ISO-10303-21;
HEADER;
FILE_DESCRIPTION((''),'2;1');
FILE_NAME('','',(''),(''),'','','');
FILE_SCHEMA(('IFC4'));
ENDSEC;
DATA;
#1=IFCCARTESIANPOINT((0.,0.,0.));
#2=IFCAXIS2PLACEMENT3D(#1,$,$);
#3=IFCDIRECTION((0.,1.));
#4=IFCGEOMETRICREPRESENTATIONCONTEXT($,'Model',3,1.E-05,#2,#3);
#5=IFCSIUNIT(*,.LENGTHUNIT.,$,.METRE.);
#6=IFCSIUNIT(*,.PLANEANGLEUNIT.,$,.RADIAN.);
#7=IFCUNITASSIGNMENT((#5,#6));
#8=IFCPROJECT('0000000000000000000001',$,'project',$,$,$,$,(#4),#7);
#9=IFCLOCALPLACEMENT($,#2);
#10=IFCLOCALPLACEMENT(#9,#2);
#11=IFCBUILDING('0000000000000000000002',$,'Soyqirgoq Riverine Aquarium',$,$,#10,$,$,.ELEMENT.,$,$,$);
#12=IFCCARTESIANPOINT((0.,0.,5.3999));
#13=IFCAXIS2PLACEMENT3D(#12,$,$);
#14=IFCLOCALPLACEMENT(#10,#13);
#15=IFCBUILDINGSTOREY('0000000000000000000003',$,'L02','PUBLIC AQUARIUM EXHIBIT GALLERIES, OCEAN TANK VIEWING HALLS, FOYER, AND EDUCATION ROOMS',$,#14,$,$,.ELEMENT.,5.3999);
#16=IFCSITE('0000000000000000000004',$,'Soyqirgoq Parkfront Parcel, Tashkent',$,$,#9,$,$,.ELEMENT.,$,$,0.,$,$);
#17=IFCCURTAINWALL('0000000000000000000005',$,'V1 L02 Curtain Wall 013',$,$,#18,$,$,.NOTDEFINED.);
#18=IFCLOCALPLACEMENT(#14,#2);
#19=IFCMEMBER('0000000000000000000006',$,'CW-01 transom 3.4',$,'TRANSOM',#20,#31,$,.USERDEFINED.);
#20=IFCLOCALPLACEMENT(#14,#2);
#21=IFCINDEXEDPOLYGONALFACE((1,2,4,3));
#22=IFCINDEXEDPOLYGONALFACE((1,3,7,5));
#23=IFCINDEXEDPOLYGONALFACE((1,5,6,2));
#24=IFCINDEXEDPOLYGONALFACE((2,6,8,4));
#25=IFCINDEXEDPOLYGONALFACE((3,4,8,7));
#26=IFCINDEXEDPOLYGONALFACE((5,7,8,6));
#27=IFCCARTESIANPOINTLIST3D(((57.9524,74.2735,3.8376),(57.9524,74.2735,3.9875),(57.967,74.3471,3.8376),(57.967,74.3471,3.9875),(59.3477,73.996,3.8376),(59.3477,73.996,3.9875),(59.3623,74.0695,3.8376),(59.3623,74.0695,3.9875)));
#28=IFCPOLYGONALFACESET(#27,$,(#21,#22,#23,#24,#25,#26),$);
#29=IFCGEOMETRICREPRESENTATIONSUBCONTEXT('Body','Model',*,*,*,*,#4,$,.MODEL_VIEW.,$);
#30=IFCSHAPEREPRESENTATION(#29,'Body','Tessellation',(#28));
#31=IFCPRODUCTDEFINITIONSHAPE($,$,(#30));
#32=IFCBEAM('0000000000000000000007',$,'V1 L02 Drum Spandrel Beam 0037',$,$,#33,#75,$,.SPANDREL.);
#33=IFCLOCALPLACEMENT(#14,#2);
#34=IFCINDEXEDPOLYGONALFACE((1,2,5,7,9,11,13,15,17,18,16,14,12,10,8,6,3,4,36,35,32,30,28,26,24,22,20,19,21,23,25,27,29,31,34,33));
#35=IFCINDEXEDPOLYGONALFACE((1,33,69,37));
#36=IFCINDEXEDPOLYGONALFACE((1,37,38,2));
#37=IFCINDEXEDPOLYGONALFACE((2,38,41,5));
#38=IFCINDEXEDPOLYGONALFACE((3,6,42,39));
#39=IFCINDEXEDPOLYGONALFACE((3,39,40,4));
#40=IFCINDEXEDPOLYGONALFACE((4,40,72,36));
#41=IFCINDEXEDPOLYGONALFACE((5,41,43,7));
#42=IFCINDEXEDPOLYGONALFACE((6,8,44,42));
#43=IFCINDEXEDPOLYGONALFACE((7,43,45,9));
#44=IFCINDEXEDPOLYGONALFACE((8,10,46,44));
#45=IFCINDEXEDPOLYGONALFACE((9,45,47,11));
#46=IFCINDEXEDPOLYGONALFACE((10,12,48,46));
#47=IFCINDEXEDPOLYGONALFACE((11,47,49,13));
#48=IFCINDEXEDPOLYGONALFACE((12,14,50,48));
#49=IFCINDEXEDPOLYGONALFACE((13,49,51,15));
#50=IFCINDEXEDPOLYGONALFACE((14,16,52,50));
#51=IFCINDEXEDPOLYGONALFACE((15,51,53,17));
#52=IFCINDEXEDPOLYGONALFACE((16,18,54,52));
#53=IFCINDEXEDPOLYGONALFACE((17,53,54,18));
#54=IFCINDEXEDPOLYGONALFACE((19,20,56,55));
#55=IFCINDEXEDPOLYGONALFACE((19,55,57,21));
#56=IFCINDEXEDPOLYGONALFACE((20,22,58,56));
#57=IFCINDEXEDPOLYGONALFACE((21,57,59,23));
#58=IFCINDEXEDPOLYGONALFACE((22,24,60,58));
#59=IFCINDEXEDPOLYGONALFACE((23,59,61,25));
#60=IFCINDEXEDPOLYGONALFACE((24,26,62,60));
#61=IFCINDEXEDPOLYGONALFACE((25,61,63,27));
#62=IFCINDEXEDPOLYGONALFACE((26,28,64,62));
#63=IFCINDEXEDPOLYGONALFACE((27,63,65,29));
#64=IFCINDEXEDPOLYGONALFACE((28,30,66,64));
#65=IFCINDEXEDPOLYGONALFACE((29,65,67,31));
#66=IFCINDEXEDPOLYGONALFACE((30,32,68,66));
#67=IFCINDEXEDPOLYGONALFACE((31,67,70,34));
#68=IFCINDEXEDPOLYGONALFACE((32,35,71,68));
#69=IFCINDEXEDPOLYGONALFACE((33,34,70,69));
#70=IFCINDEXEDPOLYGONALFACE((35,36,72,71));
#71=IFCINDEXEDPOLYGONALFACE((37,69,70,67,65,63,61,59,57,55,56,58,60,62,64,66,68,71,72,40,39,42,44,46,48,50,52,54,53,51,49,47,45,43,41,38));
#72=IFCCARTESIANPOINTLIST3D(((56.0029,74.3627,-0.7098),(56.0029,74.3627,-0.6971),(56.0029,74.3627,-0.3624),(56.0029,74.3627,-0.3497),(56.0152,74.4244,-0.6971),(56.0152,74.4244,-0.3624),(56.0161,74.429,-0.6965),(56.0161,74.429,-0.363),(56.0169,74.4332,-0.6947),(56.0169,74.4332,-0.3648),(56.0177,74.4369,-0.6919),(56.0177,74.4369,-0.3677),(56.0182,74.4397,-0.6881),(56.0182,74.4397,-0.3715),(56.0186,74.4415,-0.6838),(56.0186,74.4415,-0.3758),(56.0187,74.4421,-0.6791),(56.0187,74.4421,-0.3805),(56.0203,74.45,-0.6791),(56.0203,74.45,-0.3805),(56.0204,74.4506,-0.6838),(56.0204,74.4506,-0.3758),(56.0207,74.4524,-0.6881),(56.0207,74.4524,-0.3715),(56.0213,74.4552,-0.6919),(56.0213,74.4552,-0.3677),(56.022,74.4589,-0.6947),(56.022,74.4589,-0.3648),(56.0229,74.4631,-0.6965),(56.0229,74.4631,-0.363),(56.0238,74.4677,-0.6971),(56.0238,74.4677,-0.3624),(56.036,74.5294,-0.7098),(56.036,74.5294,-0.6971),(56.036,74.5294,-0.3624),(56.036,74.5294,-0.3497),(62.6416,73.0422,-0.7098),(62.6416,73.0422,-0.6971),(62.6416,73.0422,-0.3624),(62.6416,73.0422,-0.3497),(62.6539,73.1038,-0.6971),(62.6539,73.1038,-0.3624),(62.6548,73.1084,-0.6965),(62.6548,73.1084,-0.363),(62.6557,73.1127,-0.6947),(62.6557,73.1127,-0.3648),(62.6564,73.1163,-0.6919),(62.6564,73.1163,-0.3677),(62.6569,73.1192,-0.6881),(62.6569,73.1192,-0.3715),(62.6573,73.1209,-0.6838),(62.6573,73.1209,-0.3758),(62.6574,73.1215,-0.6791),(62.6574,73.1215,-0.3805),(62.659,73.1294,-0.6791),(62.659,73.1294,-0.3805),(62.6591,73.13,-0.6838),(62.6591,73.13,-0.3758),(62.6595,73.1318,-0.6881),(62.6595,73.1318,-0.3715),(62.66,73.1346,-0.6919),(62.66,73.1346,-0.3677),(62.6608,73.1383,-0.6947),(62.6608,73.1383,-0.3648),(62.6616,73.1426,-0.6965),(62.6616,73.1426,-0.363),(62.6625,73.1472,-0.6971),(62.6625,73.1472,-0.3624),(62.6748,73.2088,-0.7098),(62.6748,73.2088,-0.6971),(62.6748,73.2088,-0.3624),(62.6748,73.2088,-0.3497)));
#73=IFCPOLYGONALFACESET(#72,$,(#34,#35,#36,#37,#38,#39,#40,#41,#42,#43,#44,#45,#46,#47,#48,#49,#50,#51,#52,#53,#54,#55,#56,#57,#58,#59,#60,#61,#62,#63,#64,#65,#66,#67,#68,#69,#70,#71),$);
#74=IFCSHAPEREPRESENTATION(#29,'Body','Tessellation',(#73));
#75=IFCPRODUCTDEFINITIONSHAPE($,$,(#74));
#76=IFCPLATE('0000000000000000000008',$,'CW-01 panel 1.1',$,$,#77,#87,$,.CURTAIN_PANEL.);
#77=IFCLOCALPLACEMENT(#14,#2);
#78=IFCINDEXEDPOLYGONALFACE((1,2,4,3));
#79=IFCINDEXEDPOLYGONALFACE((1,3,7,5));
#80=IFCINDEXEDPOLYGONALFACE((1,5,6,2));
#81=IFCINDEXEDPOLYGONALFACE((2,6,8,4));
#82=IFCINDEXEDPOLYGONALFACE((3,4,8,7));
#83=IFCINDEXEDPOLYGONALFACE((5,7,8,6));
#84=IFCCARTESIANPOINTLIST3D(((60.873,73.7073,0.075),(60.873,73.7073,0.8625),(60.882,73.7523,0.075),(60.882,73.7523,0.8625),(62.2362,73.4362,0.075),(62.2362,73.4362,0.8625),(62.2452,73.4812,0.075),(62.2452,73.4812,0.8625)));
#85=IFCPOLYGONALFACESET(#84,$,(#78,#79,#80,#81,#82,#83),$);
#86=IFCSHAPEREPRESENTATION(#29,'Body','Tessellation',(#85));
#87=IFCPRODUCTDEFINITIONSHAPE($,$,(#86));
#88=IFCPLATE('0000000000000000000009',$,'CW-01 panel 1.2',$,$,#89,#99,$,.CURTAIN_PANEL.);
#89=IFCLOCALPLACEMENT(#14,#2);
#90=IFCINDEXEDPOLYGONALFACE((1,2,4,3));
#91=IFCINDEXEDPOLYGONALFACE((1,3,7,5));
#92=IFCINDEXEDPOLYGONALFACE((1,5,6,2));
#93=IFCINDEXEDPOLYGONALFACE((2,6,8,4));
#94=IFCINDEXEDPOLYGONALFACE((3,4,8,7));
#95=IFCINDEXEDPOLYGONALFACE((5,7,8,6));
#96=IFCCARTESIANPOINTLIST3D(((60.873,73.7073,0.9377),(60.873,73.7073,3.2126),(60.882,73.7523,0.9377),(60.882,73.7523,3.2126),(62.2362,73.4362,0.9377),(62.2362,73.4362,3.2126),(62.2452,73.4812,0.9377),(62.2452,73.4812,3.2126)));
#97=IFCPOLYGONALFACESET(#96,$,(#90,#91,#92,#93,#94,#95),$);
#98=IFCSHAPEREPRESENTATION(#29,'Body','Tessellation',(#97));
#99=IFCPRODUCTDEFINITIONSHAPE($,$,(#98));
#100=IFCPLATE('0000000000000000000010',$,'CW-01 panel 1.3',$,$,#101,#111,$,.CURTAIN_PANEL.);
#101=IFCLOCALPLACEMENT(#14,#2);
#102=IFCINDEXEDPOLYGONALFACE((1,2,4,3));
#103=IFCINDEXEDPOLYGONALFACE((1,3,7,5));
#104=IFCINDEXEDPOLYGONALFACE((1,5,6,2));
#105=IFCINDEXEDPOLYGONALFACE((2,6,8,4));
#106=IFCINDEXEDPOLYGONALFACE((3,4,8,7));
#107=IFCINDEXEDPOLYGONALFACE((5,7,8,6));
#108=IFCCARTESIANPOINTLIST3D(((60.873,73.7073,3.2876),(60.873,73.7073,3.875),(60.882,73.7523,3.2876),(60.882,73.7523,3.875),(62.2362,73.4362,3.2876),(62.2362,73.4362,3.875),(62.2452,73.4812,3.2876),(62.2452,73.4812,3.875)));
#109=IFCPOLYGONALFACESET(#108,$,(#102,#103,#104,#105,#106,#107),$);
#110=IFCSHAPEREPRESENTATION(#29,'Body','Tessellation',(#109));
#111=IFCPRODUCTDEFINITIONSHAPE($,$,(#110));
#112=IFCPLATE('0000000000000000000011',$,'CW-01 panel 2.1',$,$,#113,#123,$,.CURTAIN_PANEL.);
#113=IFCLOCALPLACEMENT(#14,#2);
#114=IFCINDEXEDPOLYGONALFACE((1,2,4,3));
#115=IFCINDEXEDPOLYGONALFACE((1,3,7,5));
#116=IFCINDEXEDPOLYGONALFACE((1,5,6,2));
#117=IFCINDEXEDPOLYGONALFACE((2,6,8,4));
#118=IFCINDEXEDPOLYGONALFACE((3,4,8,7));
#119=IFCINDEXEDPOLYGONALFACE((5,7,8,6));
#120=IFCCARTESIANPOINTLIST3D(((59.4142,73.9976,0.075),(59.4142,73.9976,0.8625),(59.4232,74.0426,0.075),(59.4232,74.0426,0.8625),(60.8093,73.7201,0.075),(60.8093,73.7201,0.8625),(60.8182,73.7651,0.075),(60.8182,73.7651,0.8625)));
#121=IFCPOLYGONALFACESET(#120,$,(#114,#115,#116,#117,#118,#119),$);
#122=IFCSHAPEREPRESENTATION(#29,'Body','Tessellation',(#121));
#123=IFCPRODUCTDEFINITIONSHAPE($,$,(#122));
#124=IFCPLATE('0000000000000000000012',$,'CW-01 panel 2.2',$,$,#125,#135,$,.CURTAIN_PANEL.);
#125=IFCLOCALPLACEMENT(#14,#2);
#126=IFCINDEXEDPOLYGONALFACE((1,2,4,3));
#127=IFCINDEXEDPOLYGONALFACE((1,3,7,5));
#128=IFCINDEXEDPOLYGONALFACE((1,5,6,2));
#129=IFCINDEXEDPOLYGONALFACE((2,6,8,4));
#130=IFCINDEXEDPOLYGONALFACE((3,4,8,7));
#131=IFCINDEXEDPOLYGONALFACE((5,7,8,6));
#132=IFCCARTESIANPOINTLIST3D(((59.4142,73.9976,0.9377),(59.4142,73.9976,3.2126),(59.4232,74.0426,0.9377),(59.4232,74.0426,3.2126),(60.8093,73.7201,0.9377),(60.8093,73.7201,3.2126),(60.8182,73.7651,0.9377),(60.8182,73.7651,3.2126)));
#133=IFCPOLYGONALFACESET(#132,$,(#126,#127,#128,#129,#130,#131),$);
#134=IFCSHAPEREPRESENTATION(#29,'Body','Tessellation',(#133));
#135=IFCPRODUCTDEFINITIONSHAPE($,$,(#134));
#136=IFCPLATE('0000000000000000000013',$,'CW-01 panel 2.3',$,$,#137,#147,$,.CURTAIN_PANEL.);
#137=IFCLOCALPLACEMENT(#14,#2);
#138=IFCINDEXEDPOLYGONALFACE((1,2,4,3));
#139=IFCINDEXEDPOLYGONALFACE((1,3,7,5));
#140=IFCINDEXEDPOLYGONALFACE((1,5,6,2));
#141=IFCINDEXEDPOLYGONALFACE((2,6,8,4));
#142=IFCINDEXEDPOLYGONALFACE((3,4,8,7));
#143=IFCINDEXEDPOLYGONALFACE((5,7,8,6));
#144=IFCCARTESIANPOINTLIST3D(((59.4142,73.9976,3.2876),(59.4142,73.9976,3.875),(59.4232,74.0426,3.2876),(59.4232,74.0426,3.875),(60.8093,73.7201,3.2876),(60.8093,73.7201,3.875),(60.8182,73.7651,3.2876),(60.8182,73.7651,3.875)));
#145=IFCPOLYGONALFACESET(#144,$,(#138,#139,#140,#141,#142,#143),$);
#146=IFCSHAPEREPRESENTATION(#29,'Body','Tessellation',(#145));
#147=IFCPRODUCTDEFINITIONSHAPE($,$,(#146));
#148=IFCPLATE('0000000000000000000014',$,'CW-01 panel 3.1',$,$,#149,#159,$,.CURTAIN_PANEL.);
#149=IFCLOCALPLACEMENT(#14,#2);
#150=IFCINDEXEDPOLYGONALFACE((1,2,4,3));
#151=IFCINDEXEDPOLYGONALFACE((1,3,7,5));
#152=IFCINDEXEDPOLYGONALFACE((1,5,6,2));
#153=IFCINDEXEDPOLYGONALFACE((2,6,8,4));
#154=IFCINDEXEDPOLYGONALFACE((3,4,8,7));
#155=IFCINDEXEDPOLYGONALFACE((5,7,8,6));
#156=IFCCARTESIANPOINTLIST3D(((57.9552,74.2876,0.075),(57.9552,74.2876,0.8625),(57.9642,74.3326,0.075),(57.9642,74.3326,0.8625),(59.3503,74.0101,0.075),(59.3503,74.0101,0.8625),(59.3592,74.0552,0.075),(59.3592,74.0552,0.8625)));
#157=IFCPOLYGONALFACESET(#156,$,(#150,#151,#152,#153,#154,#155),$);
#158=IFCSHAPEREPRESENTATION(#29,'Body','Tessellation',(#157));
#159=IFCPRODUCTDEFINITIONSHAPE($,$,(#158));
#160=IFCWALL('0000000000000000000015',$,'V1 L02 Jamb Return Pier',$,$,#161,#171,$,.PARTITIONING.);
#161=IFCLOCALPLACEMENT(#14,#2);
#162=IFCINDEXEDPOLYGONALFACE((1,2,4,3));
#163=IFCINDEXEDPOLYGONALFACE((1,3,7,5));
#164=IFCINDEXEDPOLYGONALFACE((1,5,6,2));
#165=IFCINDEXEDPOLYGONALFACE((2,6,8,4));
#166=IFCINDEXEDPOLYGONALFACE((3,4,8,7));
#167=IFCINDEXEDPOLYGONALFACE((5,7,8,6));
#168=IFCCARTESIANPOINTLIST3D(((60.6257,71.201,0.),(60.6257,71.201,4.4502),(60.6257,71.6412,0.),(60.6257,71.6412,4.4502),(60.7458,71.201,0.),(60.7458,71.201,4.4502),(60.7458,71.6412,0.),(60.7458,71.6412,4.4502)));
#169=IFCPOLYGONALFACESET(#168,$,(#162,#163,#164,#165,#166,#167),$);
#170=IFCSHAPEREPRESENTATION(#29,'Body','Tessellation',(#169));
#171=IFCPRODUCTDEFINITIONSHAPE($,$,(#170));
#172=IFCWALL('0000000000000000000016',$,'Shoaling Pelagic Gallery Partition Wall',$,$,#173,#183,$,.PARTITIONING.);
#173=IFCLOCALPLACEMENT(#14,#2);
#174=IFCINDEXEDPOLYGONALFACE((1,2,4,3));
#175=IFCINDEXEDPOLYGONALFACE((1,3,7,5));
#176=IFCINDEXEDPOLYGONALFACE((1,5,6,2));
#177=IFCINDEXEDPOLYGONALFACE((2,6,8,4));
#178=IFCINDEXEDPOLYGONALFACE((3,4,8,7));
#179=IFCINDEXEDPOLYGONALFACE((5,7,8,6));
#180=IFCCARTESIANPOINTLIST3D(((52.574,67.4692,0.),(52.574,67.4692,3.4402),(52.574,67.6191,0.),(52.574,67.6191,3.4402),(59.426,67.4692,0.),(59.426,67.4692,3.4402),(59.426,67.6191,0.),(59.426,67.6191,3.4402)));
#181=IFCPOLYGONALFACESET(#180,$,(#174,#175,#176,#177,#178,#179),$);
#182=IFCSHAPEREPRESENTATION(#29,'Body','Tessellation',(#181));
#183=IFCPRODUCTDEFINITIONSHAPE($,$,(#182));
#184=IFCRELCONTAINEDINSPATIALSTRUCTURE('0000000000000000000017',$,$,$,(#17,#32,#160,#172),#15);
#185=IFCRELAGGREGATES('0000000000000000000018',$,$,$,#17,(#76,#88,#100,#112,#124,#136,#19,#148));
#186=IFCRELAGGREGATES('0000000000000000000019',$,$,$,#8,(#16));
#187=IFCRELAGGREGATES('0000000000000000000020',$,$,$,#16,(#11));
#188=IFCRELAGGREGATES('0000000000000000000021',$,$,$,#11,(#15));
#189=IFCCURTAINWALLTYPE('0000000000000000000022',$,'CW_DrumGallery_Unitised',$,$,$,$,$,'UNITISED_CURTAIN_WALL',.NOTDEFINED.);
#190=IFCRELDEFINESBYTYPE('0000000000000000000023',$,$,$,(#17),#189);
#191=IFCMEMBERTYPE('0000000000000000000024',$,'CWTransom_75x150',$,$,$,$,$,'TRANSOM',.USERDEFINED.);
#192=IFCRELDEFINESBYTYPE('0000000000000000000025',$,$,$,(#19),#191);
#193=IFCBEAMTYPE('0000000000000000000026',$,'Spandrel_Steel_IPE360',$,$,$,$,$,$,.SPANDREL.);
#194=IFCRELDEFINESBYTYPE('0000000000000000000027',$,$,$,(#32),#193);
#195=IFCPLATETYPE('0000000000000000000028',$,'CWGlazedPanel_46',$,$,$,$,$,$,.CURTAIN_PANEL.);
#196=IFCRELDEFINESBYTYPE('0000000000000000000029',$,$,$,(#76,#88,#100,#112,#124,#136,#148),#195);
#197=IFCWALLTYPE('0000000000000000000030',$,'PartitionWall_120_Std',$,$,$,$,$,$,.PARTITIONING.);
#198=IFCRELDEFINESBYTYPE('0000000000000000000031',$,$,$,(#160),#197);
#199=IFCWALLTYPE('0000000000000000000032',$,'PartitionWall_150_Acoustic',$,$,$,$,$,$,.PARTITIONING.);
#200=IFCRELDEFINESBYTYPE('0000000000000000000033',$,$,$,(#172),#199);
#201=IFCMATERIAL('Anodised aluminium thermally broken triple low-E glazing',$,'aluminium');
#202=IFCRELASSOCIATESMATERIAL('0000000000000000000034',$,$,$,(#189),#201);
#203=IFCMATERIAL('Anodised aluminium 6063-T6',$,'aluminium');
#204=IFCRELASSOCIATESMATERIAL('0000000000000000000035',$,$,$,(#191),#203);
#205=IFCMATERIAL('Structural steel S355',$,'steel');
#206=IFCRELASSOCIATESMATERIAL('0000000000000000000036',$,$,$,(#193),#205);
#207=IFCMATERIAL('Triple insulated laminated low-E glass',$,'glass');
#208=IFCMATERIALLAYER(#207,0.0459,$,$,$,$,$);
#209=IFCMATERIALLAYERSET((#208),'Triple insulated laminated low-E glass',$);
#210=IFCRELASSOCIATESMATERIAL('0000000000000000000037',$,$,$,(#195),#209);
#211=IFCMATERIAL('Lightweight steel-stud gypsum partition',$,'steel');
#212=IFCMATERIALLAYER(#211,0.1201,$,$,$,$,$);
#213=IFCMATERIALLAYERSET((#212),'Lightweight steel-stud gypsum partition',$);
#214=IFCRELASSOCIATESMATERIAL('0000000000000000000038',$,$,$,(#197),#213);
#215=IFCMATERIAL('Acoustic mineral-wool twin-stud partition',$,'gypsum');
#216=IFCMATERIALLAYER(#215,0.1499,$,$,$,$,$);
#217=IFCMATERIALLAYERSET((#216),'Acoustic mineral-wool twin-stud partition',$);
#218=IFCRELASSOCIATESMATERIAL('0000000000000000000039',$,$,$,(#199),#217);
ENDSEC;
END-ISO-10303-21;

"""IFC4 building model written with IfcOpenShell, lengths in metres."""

from ifc_helpers import new_model, si_unit, direction, frame, frame_2d, origin, origin_2d, place, context, subcontext, project, spatial, rectangle, i_section, extrude, material, layer, layer_set, material_profile, profile_set, type_object, element, aggregate, save


model = new_model("IFC4")

# Units and contexts
model_context = context("Model", 3, precision=1e-05, world=origin(), true_north=direction((0.0, 1.0)))
body_context = subcontext(model_context, "Body", "Model", "MODEL_VIEW")
ifc_project = project(units=[si_unit("LENGTHUNIT", "METRE"), si_unit("PLANEANGLEUNIT", "RADIAN")], contexts=[model_context])

# Site, building, storey
site_placement = place(None, origin())
site = spatial("IfcSite", under=ifc_project, at=site_placement, Name="Soyqirgoq Parkfront Parcel, Tashkent", CompositionType="ELEMENT", RefElevation=0.0)
building_placement = place(site_placement, origin())
building = spatial("IfcBuilding", under=site, at=building_placement, Name="Soyqirgoq Riverine Aquarium", CompositionType="ELEMENT")
storey_placement = place(building_placement, frame((0.0, 0.0, 5.3999)))
storey = spatial("IfcBuildingStorey", under=building, at=storey_placement, Name="L02", Description="PUBLIC AQUARIUM EXHIBIT GALLERIES, OCEAN TANK VIEWING HALLS, FOYER, AND EDUCATION ROOMS", CompositionType="ELEMENT", Elevation=5.3999)

# Curtain wall, member
ifc_material_1 = material(Name="Anodised aluminium thermally broken triple low-E glazing", Category="aluminium")
curtain_wall_type = type_object("IfcCurtainWallType", Name="CW_DrumGallery_Unitised", ElementType="UNITISED_CURTAIN_WALL", PredefinedType="NOTDEFINED", material=ifc_material_1)
curtain_wall_placement = place(storey_placement, origin())
curtain_wall = element("IfcCurtainWall", 1, at=curtain_wall_placement, inside=storey, type_object=curtain_wall_type, Name="V1 L02 Curtain Wall 013", PredefinedType="NOTDEFINED")
ifc_material_2 = material(Name="Anodised aluminium 6063-T6", Category="aluminium")
ifc_material_profile_1 = material_profile(ifc_material_2, rectangle(XDim=0.075, YDim=0.1499, at=origin_2d()), Name="ALU-T 75x150")
ifc_profile_set_1 = profile_set([ifc_material_profile_1], Name="Anodised aluminium 6063-T6")
member_type_1 = type_object("IfcMemberType", Name="CWTransom_75x150", ElementType="TRANSOM", PredefinedType="USERDEFINED", material=ifc_profile_set_1)
member_1_placement = place(storey_placement, frame((59.355, 74.0327, 3.9126), z_axis=(-0.980778, 0.195126, 0.0), x_axis=(-0.195126, -0.980778, 0.0)))
member_1 = element("IfcMember", 2, at=member_1_placement, type_object=member_type_1, Name="CW-01 transom 3.4", ObjectType="TRANSOM", PredefinedType="USERDEFINED", context=body_context, shape_type="SweptSolid", body=[
    extrude(rectangle(XDim=0.075, YDim=0.1499, at=origin_2d()), origin(), (0.0, 0.0, 1.0), 1.4226),
])

# Beam
ifc_material_3 = material(Name="Structural steel S355", Category="steel")
ifc_material_profile_2 = material_profile(ifc_material_3, i_section(OverallWidth=0.1699, OverallDepth=0.3601, WebThickness=0.0081, FlangeThickness=0.0127, FilletRadius=0.0181, at=origin_2d()), Name="IPE 360")
ifc_profile_set_2 = profile_set([ifc_material_profile_2], Name="Structural steel S355")
beam_type = type_object("IfcBeamType", Name="Spandrel_Steel_IPE360", PredefinedType="SPANDREL", material=ifc_profile_set_2)
beam_placement = place(storey_placement, frame((62.6582, 73.1255, -0.5298), z_axis=(-0.980784, 0.195096, 0.0), x_axis=(-0.195096, -0.980784, 0.0)))
element("IfcBeam", 3, at=beam_placement, inside=storey, type_object=beam_type, Name="V1 L02 Drum Spandrel Beam 0037", PredefinedType="SPANDREL", context=body_context, shape_type="SweptSolid", body=[
    extrude(i_section(OverallWidth=0.1699, OverallDepth=0.3601, WebThickness=0.0081, FlangeThickness=0.0127, FilletRadius=0.0181, at=origin_2d()), origin(), (0.0, 0.0, 1.0), 6.7688),
])

# Plates
ifc_material_4 = material(Name="Triple insulated laminated low-E glass", Category="glass")
ifc_layer_1 = layer(ifc_material_4, 0.0459)
ifc_layer_set_1 = layer_set([ifc_layer_1], Name="Triple insulated laminated low-E glass")
plate_type = type_object("IfcPlateType", Name="CWGlazedPanel_46", PredefinedType="CURTAIN_PANEL", material=ifc_layer_set_1)
plate_1_placement = place(storey_placement, frame((61.5591, 73.5942, 0.075), z_axis=(0.0, 0.0, 1.0), x_axis=(-0.980786, 0.195088, 0.0)))
plate_1 = element("IfcPlate", 4, at=plate_1_placement, type_object=plate_type, Name="CW-01 panel 1.1", PredefinedType="CURTAIN_PANEL", context=body_context, shape_type="SweptSolid", body=[
    extrude(rectangle(XDim=1.3899, YDim=0.0459, at=origin_2d()), origin(), (0.0, 0.0, 1.0), 0.7876),
])
plate_2_placement = place(storey_placement, frame((61.5591, 73.5942, 0.9377), z_axis=(0.0, 0.0, 1.0), x_axis=(-0.980786, 0.195088, 0.0)))
plate_2 = element("IfcPlate", 5, at=plate_2_placement, type_object=plate_type, Name="CW-01 panel 1.2", PredefinedType="CURTAIN_PANEL", context=body_context, shape_type="SweptSolid", body=[
    extrude(rectangle(XDim=1.3899, YDim=0.0459, at=origin_2d()), origin(), (0.0, 0.0, 1.0), 2.2749),
])
plate_3_placement = place(storey_placement, frame((61.5591, 73.5942, 3.2876), z_axis=(0.0, 0.0, 1.0), x_axis=(-0.980786, 0.195088, 0.0)))
plate_3 = element("IfcPlate", 6, at=plate_3_placement, type_object=plate_type, Name="CW-01 panel 1.3", PredefinedType="CURTAIN_PANEL", context=body_context, shape_type="SweptSolid", body=[
    extrude(rectangle(XDim=1.3899, YDim=0.0459, at=origin_2d()), origin(), (0.0, 0.0, 1.0), 0.5874),
])
plate_4_placement = place(storey_placement, frame((60.1162, 73.8813, 0.075), z_axis=(0.0, 0.0, 1.0), x_axis=(-0.980786, 0.195088, 0.0)))
plate_4 = element("IfcPlate", 7, at=plate_4_placement, type_object=plate_type, Name="CW-01 panel 2.1", PredefinedType="CURTAIN_PANEL", context=body_context, shape_type="SweptSolid", body=[
    extrude(rectangle(XDim=1.4224, YDim=0.0459, at=origin_2d()), origin(), (0.0, 0.0, 1.0), 0.7876),
])
plate_5_placement = place(storey_placement, frame((60.1162, 73.8813, 0.9377), z_axis=(0.0, 0.0, 1.0), x_axis=(-0.980786, 0.195088, 0.0)))
plate_5 = element("IfcPlate", 8, at=plate_5_placement, type_object=plate_type, Name="CW-01 panel 2.2", PredefinedType="CURTAIN_PANEL", context=body_context, shape_type="SweptSolid", body=[
    extrude(rectangle(XDim=1.4224, YDim=0.0459, at=origin_2d()), origin(), (0.0, 0.0, 1.0), 2.2749),
])
plate_6_placement = place(storey_placement, frame((60.1162, 73.8813, 3.2876), z_axis=(0.0, 0.0, 1.0), x_axis=(-0.980786, 0.195088, 0.0)))
plate_6 = element("IfcPlate", 9, at=plate_6_placement, type_object=plate_type, Name="CW-01 panel 2.3", PredefinedType="CURTAIN_PANEL", context=body_context, shape_type="SweptSolid", body=[
    extrude(rectangle(XDim=1.4224, YDim=0.0459, at=origin_2d()), origin(), (0.0, 0.0, 1.0), 0.5874),
])
plate_7_placement = place(storey_placement, frame((58.6572, 74.1714, 0.075), z_axis=(0.0, 0.0, 1.0), x_axis=(-0.980786, 0.195088, 0.0)))
plate_7 = element("IfcPlate", 10, at=plate_7_placement, type_object=plate_type, Name="CW-01 panel 3.1", PredefinedType="CURTAIN_PANEL", context=body_context, shape_type="SweptSolid", body=[
    extrude(rectangle(XDim=1.4224, YDim=0.0459, at=origin_2d()), origin(), (0.0, 0.0, 1.0), 0.7876),
])
aggregate(curtain_wall, [plate_1, plate_2, plate_3, plate_4, plate_5, plate_6, member_1, plate_7])

# Walls
ifc_material_5 = material(Name="Lightweight steel-stud gypsum partition", Category="steel")
ifc_layer_2 = layer(ifc_material_5, 0.1201)
ifc_layer_set_2 = layer_set([ifc_layer_2], Name="Lightweight steel-stud gypsum partition")
wall_type_1 = type_object("IfcWallType", Name="PartitionWall_120_Std", PredefinedType="PARTITIONING", material=ifc_layer_set_2)
wall_1_placement = place(storey_placement, frame((60.6858, 71.2009, 0.0), z_axis=(0.0, 0.0, 1.0), x_axis=(0.0, 1.0, 0.0)))
element("IfcWall", 11, at=wall_1_placement, inside=storey, type_object=wall_type_1, Name="V1 L02 Jamb Return Pier", PredefinedType="PARTITIONING", context=body_context, shape_type="SweptSolid", body=[
    extrude(rectangle(XDim=0.4402, YDim=0.1201, at=frame_2d((0.2202, 0.0))), origin(), (0.0, 0.0, 1.0), 4.4502),
])
ifc_material_6 = material(Name="Acoustic mineral-wool twin-stud partition", Category="gypsum")
ifc_layer_3 = layer(ifc_material_6, 0.1499)
ifc_layer_set_3 = layer_set([ifc_layer_3], Name="Acoustic mineral-wool twin-stud partition")
wall_type_2 = type_object("IfcWallType", Name="PartitionWall_150_Acoustic", PredefinedType="PARTITIONING", material=ifc_layer_set_3)
wall_2_placement = place(storey_placement, frame((59.426, 67.5442, 0.0), z_axis=(0.0, 0.0, 1.0), x_axis=(-1.0, 0.0, 0.0)))
element("IfcWall", 12, at=wall_2_placement, inside=storey, type_object=wall_type_2, Name="Shoaling Pelagic Gallery Partition Wall", PredefinedType="PARTITIONING", context=body_context, shape_type="SweptSolid", body=[
    extrude(rectangle(XDim=6.8521, YDim=0.1499, at=frame_2d((3.426, 0.0))), origin(), (0.0, 0.0, 1.0), 3.4402),
])

save(model, "model.ifc")
